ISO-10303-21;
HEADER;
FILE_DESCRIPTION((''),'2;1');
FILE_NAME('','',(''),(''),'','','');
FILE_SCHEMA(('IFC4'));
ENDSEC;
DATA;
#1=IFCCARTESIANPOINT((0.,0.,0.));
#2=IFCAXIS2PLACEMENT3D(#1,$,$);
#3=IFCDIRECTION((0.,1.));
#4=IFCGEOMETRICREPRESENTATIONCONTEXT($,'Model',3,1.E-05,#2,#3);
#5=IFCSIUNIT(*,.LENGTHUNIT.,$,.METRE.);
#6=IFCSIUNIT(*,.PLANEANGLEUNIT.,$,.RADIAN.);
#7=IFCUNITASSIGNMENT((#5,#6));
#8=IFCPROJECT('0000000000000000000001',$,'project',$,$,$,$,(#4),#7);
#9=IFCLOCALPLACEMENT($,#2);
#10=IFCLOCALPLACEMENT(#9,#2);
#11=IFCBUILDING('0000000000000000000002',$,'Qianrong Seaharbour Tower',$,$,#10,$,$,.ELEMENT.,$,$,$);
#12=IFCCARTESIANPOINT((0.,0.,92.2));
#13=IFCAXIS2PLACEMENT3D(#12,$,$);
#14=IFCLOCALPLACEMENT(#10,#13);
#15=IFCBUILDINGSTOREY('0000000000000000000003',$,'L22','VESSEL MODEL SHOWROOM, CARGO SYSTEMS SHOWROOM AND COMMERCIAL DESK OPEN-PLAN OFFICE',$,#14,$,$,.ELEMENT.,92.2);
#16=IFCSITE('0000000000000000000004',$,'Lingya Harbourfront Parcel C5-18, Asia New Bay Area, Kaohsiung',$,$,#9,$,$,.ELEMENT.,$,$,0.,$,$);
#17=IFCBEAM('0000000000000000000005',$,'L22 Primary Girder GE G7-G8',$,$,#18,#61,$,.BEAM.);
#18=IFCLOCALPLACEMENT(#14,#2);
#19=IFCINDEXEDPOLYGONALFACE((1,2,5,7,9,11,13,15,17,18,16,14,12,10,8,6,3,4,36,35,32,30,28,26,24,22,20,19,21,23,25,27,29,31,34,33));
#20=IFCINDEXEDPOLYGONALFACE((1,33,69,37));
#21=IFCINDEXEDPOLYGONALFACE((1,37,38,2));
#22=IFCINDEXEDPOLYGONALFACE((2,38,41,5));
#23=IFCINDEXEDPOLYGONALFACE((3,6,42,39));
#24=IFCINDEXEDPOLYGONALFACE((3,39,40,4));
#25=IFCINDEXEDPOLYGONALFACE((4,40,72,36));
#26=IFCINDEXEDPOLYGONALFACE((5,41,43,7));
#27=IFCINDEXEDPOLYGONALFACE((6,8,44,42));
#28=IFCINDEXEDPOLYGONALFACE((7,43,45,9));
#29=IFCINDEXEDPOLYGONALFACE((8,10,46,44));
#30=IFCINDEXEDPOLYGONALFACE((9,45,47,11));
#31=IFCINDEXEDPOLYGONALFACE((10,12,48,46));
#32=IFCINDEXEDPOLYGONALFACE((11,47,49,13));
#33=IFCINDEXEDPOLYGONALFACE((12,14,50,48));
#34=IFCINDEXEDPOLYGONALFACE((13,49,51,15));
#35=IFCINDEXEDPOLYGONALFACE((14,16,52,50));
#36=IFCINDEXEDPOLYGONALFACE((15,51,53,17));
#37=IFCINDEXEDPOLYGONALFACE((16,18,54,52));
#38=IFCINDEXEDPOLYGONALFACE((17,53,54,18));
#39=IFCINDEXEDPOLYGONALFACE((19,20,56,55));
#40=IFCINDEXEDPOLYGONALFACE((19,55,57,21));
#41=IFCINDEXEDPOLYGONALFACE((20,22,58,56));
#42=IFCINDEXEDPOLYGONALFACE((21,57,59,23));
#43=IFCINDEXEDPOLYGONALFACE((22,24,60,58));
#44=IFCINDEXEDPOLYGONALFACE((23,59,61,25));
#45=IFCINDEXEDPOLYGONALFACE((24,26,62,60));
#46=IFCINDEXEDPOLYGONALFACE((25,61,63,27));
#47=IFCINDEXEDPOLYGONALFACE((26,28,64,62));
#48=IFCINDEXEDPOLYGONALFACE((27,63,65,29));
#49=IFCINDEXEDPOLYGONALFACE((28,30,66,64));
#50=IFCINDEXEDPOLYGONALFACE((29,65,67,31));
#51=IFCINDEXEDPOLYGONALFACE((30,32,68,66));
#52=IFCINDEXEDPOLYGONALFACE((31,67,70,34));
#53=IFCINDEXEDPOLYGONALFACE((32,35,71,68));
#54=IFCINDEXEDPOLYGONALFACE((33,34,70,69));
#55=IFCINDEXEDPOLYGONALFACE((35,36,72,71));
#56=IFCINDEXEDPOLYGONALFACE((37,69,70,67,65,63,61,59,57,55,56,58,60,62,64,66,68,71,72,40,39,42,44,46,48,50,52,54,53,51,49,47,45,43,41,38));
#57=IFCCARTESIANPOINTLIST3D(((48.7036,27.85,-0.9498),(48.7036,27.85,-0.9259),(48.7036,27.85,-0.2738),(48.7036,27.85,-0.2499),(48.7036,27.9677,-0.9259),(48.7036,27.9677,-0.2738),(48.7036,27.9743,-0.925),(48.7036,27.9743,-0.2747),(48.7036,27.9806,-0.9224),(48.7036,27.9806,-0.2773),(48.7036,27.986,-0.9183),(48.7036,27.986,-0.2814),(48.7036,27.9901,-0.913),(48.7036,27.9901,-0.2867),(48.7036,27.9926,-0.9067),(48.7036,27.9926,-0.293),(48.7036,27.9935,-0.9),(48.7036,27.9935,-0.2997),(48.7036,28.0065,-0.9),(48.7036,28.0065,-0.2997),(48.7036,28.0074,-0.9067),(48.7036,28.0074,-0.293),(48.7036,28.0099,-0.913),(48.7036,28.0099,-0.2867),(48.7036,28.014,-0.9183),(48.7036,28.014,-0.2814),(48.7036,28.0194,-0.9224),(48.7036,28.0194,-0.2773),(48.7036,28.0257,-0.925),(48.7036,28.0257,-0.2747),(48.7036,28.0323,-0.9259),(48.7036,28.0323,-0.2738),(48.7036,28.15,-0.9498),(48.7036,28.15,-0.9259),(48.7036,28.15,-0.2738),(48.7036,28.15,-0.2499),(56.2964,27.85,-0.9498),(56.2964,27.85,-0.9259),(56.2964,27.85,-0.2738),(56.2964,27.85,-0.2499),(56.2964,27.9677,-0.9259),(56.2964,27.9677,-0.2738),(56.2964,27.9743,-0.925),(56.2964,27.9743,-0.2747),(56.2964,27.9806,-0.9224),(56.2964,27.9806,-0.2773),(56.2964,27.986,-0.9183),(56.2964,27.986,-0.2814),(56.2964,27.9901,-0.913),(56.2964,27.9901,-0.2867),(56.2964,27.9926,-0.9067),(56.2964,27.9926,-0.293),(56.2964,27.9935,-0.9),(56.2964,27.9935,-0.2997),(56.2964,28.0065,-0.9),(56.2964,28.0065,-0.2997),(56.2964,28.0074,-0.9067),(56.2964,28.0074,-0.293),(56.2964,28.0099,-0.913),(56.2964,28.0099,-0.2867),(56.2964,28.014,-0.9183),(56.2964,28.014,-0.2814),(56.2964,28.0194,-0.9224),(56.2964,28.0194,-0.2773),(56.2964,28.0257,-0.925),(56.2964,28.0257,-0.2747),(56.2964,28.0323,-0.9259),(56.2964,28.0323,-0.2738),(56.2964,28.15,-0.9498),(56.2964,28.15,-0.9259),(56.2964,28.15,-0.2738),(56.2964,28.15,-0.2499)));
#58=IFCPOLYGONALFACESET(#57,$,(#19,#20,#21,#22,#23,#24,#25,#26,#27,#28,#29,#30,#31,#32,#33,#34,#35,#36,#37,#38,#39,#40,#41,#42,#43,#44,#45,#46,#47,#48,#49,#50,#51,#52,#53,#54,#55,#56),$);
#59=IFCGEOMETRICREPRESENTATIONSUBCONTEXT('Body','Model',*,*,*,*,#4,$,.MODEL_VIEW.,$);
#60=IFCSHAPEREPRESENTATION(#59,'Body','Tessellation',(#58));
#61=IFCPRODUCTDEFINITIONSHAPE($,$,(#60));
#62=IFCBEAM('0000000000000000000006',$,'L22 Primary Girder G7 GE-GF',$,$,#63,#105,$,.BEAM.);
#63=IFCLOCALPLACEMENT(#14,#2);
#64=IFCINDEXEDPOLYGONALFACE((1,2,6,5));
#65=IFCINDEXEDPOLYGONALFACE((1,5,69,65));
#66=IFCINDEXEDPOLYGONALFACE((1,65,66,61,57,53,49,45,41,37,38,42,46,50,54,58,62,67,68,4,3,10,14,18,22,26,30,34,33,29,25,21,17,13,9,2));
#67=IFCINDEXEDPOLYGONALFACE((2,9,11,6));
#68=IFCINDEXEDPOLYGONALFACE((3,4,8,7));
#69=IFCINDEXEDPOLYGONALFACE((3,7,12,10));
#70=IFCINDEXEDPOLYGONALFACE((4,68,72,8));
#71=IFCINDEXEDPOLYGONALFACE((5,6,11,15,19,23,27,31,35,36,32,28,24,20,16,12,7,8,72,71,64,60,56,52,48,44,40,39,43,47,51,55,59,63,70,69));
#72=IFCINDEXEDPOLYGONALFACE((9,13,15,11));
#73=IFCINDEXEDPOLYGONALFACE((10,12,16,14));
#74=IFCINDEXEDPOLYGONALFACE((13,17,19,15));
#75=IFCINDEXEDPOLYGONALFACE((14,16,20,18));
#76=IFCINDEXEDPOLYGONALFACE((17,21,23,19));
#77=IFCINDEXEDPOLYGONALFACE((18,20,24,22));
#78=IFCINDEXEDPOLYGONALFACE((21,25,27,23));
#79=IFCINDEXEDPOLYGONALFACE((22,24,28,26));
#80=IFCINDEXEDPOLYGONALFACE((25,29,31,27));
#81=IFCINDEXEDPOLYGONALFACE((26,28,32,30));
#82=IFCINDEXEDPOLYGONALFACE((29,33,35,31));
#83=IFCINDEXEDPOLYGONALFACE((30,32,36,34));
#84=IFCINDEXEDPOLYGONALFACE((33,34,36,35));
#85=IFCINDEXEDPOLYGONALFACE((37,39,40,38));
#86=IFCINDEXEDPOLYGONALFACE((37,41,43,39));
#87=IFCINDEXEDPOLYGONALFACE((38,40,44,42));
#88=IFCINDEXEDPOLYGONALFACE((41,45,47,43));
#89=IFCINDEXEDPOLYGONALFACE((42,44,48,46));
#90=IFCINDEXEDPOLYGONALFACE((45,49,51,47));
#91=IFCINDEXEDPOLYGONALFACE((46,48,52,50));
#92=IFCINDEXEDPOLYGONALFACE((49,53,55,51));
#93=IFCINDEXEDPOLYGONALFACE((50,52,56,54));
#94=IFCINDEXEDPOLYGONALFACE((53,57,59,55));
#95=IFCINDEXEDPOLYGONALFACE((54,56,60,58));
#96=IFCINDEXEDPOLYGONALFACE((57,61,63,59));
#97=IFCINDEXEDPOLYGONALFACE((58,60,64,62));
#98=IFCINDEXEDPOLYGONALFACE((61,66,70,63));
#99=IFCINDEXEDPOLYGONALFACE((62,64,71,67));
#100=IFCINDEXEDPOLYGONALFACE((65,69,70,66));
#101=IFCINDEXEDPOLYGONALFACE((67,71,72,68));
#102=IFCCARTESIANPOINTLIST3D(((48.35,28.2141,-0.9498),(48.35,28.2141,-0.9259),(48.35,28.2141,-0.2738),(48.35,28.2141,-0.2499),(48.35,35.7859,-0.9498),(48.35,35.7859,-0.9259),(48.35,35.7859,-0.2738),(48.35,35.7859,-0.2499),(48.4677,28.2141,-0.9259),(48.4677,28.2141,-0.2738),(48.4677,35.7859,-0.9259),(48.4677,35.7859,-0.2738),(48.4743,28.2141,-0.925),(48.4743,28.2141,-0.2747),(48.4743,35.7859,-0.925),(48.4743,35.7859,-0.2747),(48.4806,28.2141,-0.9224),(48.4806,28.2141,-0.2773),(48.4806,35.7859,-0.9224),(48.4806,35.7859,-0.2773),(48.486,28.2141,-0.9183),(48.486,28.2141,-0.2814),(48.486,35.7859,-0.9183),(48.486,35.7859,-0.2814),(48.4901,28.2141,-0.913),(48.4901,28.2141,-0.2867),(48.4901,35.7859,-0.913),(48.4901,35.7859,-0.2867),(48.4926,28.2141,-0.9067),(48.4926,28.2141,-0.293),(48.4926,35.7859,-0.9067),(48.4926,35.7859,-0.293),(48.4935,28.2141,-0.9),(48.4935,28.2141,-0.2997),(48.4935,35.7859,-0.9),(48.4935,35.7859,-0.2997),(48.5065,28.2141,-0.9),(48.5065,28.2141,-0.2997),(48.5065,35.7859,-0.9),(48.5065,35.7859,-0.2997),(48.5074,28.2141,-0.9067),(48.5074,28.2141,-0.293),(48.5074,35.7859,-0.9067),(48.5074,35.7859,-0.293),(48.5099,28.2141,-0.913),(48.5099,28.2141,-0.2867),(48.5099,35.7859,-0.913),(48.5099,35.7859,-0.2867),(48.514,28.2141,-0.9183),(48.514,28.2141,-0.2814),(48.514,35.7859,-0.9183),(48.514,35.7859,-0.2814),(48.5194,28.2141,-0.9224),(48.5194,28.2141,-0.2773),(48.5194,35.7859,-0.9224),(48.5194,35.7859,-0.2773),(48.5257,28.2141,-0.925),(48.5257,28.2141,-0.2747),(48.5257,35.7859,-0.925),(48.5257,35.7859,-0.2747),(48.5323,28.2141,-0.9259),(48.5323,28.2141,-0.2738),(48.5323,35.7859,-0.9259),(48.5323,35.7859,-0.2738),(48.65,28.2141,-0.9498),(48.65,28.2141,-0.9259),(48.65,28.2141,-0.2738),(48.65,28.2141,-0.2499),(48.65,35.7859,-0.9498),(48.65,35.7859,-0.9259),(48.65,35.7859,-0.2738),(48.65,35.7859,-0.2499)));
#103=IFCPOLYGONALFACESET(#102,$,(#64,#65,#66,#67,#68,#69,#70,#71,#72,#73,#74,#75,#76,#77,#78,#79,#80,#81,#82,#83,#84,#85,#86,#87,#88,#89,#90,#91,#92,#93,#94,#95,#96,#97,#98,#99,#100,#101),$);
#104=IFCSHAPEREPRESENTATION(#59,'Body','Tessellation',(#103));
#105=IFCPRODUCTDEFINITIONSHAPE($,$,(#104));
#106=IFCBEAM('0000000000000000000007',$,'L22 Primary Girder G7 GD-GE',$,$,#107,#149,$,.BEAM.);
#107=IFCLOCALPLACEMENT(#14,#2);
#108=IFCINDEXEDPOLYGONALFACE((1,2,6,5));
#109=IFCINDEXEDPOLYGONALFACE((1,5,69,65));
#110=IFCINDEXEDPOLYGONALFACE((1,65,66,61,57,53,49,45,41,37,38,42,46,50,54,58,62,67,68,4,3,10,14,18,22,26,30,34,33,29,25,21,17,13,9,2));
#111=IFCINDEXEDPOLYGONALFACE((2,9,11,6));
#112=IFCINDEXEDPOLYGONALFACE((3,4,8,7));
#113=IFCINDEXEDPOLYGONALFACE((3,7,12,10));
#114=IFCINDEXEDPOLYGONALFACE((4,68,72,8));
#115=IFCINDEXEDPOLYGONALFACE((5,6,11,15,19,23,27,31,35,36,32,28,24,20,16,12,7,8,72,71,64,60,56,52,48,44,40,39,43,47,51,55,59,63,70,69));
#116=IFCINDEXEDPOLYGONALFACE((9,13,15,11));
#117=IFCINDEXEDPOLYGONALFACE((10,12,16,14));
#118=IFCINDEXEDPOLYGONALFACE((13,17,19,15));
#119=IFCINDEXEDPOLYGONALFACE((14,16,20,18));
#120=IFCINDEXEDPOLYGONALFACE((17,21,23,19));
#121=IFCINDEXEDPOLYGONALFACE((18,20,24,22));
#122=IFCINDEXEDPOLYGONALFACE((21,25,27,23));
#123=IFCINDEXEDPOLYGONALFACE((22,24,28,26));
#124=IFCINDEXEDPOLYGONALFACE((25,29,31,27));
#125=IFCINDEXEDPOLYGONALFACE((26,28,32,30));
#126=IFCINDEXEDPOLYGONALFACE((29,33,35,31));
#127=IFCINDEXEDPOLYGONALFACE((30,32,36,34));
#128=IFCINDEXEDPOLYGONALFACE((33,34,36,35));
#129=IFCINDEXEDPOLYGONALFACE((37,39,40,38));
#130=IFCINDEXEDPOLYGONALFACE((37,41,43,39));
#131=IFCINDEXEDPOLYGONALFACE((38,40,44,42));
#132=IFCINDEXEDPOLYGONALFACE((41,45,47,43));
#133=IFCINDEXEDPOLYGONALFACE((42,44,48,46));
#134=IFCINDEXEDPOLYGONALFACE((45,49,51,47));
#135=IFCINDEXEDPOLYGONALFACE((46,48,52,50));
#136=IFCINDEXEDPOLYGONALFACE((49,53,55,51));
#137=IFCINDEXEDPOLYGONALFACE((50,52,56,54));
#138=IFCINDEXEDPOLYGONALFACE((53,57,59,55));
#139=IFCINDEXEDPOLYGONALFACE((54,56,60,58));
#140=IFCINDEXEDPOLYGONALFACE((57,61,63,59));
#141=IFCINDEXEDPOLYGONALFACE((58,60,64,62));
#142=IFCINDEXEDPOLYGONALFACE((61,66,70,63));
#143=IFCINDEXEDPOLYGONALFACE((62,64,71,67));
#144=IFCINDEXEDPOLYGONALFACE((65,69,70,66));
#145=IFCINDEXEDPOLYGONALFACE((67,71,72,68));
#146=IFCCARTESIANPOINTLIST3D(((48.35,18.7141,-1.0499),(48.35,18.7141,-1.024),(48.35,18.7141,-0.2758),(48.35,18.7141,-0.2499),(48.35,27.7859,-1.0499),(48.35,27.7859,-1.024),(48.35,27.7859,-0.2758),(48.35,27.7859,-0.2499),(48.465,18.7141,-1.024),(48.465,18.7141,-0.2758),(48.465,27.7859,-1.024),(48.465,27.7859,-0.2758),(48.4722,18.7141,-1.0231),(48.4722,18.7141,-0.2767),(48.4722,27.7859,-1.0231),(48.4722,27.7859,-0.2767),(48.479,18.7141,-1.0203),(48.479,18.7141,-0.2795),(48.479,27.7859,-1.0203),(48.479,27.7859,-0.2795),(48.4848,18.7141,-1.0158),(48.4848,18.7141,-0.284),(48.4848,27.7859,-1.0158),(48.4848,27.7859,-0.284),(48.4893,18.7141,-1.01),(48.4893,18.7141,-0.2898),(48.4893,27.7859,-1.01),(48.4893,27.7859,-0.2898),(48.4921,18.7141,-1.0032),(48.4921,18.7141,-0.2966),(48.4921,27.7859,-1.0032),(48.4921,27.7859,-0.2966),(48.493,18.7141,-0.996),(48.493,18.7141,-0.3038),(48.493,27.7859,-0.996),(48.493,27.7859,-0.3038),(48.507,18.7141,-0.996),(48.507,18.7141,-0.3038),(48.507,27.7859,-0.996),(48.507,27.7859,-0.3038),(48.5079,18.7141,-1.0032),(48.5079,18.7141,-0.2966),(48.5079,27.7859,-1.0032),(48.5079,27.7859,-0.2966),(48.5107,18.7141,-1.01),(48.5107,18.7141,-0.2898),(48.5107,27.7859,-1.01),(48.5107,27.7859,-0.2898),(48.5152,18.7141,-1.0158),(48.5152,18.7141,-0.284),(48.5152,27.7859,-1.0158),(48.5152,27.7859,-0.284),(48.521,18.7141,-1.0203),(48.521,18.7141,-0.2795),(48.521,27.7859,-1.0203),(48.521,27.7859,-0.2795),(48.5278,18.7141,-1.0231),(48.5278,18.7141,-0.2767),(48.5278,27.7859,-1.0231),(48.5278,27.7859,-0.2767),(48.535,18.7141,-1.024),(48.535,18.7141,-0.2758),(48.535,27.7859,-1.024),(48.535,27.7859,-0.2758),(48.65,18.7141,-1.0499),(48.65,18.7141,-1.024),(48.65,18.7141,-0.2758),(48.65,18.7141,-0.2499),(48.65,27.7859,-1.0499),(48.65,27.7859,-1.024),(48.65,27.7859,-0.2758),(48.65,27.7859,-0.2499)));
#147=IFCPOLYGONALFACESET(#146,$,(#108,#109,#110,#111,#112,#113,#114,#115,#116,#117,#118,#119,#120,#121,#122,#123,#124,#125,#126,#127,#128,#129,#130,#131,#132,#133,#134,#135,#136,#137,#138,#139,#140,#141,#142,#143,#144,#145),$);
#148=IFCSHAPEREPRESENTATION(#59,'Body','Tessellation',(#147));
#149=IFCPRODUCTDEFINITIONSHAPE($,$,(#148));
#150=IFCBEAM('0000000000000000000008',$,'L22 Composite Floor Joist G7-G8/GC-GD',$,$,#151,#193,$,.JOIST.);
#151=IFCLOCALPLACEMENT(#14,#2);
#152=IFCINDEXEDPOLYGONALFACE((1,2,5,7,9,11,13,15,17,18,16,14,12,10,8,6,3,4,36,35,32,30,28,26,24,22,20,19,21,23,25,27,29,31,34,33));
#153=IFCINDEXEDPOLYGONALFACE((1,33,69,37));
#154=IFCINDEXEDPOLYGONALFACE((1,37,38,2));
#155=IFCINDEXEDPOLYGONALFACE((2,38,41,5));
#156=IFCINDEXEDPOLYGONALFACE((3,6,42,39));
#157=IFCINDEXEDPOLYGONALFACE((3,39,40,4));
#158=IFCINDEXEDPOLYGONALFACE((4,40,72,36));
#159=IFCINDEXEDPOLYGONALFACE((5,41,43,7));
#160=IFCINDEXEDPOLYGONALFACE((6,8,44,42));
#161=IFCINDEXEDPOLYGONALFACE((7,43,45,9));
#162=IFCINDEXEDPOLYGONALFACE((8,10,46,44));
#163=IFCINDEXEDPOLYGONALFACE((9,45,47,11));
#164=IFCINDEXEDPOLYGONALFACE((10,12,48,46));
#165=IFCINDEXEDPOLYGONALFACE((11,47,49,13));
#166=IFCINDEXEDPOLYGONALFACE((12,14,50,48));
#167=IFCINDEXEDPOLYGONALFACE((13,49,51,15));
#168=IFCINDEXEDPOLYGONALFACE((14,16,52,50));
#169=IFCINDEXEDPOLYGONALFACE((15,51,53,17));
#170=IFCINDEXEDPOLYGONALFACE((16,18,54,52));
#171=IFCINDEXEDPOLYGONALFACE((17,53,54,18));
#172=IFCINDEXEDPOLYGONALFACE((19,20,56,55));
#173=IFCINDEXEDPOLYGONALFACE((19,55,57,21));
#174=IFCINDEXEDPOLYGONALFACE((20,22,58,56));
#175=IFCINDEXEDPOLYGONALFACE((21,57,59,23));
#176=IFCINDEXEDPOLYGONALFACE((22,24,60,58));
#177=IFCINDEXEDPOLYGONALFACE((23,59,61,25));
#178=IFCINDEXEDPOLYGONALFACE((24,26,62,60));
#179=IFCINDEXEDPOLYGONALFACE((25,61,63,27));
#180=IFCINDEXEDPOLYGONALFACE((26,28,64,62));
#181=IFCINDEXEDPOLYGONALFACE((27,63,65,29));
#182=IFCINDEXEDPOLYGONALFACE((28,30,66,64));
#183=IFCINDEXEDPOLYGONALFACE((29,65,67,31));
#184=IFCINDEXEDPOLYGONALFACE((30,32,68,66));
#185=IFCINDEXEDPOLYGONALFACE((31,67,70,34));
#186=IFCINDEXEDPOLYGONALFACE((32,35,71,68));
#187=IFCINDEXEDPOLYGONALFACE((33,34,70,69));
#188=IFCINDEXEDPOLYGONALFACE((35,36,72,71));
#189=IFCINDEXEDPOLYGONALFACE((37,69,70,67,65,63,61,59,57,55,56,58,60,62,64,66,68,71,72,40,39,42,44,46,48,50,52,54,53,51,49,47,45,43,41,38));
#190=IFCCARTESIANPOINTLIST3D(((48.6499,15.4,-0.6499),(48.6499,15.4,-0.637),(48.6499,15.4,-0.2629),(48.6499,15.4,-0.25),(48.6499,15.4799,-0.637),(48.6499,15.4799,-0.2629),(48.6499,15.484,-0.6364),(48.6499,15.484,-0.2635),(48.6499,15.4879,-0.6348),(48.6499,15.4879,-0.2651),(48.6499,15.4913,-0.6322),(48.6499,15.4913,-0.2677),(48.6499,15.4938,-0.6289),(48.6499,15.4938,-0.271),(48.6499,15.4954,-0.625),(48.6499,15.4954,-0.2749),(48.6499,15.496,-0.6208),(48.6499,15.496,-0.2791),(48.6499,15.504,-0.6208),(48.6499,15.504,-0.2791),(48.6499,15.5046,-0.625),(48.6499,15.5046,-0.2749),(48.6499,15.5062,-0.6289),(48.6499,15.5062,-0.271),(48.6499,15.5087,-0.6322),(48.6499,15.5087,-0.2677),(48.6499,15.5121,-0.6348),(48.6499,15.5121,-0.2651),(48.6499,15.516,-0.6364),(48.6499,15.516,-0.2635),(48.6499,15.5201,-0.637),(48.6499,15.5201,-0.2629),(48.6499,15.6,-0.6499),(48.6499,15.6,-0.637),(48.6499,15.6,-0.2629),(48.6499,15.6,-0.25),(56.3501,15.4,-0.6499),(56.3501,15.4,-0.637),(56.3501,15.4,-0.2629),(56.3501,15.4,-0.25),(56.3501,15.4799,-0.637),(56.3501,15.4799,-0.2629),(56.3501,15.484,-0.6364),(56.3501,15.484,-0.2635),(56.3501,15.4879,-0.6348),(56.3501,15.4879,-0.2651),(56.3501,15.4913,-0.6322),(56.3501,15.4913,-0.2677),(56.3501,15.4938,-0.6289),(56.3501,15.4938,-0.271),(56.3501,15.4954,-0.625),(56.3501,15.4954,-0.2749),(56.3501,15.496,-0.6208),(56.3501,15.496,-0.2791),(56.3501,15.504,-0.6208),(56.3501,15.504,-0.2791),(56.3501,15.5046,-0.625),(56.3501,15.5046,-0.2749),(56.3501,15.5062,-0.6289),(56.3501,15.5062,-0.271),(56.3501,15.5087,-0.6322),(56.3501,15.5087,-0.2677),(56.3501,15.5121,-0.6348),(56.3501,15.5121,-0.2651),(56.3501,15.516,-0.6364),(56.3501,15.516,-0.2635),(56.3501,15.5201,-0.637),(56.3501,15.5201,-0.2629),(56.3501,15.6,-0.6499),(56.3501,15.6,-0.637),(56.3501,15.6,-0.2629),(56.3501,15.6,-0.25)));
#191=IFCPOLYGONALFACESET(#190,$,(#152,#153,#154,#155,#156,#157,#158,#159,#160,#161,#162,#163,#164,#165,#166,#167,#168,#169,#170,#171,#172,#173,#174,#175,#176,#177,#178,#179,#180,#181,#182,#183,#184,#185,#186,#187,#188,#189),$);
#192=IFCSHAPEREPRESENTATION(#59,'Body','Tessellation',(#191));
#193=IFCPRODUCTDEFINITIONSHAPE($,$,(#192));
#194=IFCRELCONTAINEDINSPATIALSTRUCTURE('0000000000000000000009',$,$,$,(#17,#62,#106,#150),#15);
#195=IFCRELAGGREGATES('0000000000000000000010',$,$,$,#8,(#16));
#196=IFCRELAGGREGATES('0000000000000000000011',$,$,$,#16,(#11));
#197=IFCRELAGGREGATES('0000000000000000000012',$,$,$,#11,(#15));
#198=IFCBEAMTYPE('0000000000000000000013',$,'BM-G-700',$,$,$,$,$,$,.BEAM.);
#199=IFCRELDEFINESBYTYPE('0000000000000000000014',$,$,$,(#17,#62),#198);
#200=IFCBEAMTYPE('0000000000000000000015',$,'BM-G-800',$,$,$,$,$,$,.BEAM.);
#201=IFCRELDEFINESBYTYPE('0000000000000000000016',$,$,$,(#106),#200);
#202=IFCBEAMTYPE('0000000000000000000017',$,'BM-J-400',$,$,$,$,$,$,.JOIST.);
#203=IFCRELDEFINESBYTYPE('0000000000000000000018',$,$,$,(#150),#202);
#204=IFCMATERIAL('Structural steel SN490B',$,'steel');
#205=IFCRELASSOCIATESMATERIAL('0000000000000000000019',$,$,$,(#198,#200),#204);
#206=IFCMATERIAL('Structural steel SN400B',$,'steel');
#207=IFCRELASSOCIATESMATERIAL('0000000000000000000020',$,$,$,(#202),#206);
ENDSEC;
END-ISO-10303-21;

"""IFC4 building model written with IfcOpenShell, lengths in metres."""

from ifc_helpers import new_model, si_unit, direction, frame, origin, origin_2d, place, context, subcontext, project, spatial, i_section, extrude, material, material_profile, profile_set, type_object, element, save


model = new_model("IFC4")

# Units and contexts
model_context = context("Model", 3, precision=1e-05, world=origin(), true_north=direction((0.0, 1.0)))
body_context = subcontext(model_context, "Body", "Model", "MODEL_VIEW")
ifc_project = project(units=[si_unit("LENGTHUNIT", "METRE"), si_unit("PLANEANGLEUNIT", "RADIAN")], contexts=[model_context])

# Site, building, storey
site_placement = place(None, origin())
site = spatial("IfcSite", under=ifc_project, at=site_placement, Name="Lingya Harbourfront Parcel C5-18, Asia New Bay Area, Kaohsiung", CompositionType="ELEMENT", RefElevation=0.0)
building_placement = place(site_placement, origin())
building = spatial("IfcBuilding", under=site, at=building_placement, Name="Qianrong Seaharbour Tower", CompositionType="ELEMENT")
storey_placement = place(building_placement, frame((0.0, 0.0, 92.2)))
storey = spatial("IfcBuildingStorey", under=building, at=storey_placement, Name="L22", Description="VESSEL MODEL SHOWROOM, CARGO SYSTEMS SHOWROOM AND COMMERCIAL DESK OPEN-PLAN OFFICE", CompositionType="ELEMENT", Elevation=92.2)

# Shared definitions
ifc_material_1 = material(Name="Structural steel SN490B", Category="steel")

# Beams
ifc_material_profile_1 = material_profile(ifc_material_1, i_section(OverallWidth=0.3, OverallDepth=0.7, WebThickness=0.0129, FlangeThickness=0.0239, FilletRadius=0.0259, at=origin_2d()), Name="H700x300x13x24")
ifc_profile_set_1 = profile_set([ifc_material_profile_1], Name="Structural steel SN490B")
beam_type_1 = type_object("IfcBeamType", Name="BM-G-700", PredefinedType="BEAM", material=ifc_profile_set_1)
for number, where, z_axis, x_axis, name in (
    (1, (48.7036, 28.0, -0.5999), (1.0, 0.0, 0.0), (0.0, 1.0, 0.0), "L22 Primary Girder GE G7-G8"),
):
    element("IfcBeam", number, at=place(storey_placement, frame(where, z_axis=z_axis, x_axis=x_axis)), inside=storey, type_object=beam_type_1, Name=name, PredefinedType="BEAM", context=body_context, shape_type="SweptSolid", body=[
        extrude(i_section(OverallWidth=0.3, OverallDepth=0.7, WebThickness=0.0129, FlangeThickness=0.0239, FilletRadius=0.0259, at=origin_2d()), origin(), (0.0, 0.0, 1.0), 7.5928),
    ])
beam_1_placement = place(storey_placement, frame((48.5, 28.2141, -0.5999), z_axis=(0.0, 1.0, 0.0), x_axis=(-1.0, 0.0, 0.0)))
element("IfcBeam", 2, at=beam_1_placement, inside=storey, type_object=beam_type_1, Name="L22 Primary Girder G7 GE-GF", PredefinedType="BEAM", context=body_context, shape_type="SweptSolid", body=[
    extrude(i_section(OverallWidth=0.3, OverallDepth=0.7, WebThickness=0.0129, FlangeThickness=0.0239, FilletRadius=0.0259, at=origin_2d()), origin(), (0.0, 0.0, 1.0), 7.5718),
])
ifc_material_profile_2 = material_profile(ifc_material_1, i_section(OverallWidth=0.3, OverallDepth=0.8, WebThickness=0.0139, FlangeThickness=0.0259, FilletRadius=0.0281, at=origin_2d()), Name="H800x300x14x26")
ifc_profile_set_2 = profile_set([ifc_material_profile_2], Name="Structural steel SN490B")
beam_type_2 = type_object("IfcBeamType", Name="BM-G-800", PredefinedType="BEAM", material=ifc_profile_set_2)
beam_2_placement = place(storey_placement, frame((48.5, 18.7141, -0.6499), z_axis=(0.0, 1.0, 0.0), x_axis=(-1.0, 0.0, 0.0)))
element("IfcBeam", 3, at=beam_2_placement, inside=storey, type_object=beam_type_2, Name="L22 Primary Girder G7 GD-GE", PredefinedType="BEAM", context=body_context, shape_type="SweptSolid", body=[
    extrude(i_section(OverallWidth=0.3, OverallDepth=0.8, WebThickness=0.0139, FlangeThickness=0.0259, FilletRadius=0.0281, at=origin_2d()), origin(), (0.0, 0.0, 1.0), 9.0718),
])
ifc_material_2 = material(Name="Structural steel SN400B", Category="steel")
ifc_material_profile_3 = material_profile(ifc_material_2, i_section(OverallWidth=0.2, OverallDepth=0.3999, WebThickness=0.0081, FlangeThickness=0.0129, FilletRadius=0.0161, at=origin_2d()), Name="H400x200x8x13")
ifc_profile_set_3 = profile_set([ifc_material_profile_3], Name="Structural steel SN400B")
beam_type_3 = type_object("IfcBeamType", Name="BM-J-400", PredefinedType="JOIST", material=ifc_profile_set_3)
for number, where, z_axis, x_axis, name in (
    (4, (48.6499, 15.5, -0.45), (1.0, 0.0, 0.0), (0.0, 1.0, 0.0), "L22 Composite Floor Joist G7-G8/GC-GD"),
):
    element("IfcBeam", number, at=place(storey_placement, frame(where, z_axis=z_axis, x_axis=x_axis)), inside=storey, type_object=beam_type_3, Name=name, PredefinedType="JOIST", context=body_context, shape_type="SweptSolid", body=[
        extrude(i_section(OverallWidth=0.2, OverallDepth=0.3999, WebThickness=0.0081, FlangeThickness=0.0129, FilletRadius=0.0161, at=origin_2d()), origin(), (0.0, 0.0, 1.0), 7.7002),
    ])

save(model, "model.ifc")
